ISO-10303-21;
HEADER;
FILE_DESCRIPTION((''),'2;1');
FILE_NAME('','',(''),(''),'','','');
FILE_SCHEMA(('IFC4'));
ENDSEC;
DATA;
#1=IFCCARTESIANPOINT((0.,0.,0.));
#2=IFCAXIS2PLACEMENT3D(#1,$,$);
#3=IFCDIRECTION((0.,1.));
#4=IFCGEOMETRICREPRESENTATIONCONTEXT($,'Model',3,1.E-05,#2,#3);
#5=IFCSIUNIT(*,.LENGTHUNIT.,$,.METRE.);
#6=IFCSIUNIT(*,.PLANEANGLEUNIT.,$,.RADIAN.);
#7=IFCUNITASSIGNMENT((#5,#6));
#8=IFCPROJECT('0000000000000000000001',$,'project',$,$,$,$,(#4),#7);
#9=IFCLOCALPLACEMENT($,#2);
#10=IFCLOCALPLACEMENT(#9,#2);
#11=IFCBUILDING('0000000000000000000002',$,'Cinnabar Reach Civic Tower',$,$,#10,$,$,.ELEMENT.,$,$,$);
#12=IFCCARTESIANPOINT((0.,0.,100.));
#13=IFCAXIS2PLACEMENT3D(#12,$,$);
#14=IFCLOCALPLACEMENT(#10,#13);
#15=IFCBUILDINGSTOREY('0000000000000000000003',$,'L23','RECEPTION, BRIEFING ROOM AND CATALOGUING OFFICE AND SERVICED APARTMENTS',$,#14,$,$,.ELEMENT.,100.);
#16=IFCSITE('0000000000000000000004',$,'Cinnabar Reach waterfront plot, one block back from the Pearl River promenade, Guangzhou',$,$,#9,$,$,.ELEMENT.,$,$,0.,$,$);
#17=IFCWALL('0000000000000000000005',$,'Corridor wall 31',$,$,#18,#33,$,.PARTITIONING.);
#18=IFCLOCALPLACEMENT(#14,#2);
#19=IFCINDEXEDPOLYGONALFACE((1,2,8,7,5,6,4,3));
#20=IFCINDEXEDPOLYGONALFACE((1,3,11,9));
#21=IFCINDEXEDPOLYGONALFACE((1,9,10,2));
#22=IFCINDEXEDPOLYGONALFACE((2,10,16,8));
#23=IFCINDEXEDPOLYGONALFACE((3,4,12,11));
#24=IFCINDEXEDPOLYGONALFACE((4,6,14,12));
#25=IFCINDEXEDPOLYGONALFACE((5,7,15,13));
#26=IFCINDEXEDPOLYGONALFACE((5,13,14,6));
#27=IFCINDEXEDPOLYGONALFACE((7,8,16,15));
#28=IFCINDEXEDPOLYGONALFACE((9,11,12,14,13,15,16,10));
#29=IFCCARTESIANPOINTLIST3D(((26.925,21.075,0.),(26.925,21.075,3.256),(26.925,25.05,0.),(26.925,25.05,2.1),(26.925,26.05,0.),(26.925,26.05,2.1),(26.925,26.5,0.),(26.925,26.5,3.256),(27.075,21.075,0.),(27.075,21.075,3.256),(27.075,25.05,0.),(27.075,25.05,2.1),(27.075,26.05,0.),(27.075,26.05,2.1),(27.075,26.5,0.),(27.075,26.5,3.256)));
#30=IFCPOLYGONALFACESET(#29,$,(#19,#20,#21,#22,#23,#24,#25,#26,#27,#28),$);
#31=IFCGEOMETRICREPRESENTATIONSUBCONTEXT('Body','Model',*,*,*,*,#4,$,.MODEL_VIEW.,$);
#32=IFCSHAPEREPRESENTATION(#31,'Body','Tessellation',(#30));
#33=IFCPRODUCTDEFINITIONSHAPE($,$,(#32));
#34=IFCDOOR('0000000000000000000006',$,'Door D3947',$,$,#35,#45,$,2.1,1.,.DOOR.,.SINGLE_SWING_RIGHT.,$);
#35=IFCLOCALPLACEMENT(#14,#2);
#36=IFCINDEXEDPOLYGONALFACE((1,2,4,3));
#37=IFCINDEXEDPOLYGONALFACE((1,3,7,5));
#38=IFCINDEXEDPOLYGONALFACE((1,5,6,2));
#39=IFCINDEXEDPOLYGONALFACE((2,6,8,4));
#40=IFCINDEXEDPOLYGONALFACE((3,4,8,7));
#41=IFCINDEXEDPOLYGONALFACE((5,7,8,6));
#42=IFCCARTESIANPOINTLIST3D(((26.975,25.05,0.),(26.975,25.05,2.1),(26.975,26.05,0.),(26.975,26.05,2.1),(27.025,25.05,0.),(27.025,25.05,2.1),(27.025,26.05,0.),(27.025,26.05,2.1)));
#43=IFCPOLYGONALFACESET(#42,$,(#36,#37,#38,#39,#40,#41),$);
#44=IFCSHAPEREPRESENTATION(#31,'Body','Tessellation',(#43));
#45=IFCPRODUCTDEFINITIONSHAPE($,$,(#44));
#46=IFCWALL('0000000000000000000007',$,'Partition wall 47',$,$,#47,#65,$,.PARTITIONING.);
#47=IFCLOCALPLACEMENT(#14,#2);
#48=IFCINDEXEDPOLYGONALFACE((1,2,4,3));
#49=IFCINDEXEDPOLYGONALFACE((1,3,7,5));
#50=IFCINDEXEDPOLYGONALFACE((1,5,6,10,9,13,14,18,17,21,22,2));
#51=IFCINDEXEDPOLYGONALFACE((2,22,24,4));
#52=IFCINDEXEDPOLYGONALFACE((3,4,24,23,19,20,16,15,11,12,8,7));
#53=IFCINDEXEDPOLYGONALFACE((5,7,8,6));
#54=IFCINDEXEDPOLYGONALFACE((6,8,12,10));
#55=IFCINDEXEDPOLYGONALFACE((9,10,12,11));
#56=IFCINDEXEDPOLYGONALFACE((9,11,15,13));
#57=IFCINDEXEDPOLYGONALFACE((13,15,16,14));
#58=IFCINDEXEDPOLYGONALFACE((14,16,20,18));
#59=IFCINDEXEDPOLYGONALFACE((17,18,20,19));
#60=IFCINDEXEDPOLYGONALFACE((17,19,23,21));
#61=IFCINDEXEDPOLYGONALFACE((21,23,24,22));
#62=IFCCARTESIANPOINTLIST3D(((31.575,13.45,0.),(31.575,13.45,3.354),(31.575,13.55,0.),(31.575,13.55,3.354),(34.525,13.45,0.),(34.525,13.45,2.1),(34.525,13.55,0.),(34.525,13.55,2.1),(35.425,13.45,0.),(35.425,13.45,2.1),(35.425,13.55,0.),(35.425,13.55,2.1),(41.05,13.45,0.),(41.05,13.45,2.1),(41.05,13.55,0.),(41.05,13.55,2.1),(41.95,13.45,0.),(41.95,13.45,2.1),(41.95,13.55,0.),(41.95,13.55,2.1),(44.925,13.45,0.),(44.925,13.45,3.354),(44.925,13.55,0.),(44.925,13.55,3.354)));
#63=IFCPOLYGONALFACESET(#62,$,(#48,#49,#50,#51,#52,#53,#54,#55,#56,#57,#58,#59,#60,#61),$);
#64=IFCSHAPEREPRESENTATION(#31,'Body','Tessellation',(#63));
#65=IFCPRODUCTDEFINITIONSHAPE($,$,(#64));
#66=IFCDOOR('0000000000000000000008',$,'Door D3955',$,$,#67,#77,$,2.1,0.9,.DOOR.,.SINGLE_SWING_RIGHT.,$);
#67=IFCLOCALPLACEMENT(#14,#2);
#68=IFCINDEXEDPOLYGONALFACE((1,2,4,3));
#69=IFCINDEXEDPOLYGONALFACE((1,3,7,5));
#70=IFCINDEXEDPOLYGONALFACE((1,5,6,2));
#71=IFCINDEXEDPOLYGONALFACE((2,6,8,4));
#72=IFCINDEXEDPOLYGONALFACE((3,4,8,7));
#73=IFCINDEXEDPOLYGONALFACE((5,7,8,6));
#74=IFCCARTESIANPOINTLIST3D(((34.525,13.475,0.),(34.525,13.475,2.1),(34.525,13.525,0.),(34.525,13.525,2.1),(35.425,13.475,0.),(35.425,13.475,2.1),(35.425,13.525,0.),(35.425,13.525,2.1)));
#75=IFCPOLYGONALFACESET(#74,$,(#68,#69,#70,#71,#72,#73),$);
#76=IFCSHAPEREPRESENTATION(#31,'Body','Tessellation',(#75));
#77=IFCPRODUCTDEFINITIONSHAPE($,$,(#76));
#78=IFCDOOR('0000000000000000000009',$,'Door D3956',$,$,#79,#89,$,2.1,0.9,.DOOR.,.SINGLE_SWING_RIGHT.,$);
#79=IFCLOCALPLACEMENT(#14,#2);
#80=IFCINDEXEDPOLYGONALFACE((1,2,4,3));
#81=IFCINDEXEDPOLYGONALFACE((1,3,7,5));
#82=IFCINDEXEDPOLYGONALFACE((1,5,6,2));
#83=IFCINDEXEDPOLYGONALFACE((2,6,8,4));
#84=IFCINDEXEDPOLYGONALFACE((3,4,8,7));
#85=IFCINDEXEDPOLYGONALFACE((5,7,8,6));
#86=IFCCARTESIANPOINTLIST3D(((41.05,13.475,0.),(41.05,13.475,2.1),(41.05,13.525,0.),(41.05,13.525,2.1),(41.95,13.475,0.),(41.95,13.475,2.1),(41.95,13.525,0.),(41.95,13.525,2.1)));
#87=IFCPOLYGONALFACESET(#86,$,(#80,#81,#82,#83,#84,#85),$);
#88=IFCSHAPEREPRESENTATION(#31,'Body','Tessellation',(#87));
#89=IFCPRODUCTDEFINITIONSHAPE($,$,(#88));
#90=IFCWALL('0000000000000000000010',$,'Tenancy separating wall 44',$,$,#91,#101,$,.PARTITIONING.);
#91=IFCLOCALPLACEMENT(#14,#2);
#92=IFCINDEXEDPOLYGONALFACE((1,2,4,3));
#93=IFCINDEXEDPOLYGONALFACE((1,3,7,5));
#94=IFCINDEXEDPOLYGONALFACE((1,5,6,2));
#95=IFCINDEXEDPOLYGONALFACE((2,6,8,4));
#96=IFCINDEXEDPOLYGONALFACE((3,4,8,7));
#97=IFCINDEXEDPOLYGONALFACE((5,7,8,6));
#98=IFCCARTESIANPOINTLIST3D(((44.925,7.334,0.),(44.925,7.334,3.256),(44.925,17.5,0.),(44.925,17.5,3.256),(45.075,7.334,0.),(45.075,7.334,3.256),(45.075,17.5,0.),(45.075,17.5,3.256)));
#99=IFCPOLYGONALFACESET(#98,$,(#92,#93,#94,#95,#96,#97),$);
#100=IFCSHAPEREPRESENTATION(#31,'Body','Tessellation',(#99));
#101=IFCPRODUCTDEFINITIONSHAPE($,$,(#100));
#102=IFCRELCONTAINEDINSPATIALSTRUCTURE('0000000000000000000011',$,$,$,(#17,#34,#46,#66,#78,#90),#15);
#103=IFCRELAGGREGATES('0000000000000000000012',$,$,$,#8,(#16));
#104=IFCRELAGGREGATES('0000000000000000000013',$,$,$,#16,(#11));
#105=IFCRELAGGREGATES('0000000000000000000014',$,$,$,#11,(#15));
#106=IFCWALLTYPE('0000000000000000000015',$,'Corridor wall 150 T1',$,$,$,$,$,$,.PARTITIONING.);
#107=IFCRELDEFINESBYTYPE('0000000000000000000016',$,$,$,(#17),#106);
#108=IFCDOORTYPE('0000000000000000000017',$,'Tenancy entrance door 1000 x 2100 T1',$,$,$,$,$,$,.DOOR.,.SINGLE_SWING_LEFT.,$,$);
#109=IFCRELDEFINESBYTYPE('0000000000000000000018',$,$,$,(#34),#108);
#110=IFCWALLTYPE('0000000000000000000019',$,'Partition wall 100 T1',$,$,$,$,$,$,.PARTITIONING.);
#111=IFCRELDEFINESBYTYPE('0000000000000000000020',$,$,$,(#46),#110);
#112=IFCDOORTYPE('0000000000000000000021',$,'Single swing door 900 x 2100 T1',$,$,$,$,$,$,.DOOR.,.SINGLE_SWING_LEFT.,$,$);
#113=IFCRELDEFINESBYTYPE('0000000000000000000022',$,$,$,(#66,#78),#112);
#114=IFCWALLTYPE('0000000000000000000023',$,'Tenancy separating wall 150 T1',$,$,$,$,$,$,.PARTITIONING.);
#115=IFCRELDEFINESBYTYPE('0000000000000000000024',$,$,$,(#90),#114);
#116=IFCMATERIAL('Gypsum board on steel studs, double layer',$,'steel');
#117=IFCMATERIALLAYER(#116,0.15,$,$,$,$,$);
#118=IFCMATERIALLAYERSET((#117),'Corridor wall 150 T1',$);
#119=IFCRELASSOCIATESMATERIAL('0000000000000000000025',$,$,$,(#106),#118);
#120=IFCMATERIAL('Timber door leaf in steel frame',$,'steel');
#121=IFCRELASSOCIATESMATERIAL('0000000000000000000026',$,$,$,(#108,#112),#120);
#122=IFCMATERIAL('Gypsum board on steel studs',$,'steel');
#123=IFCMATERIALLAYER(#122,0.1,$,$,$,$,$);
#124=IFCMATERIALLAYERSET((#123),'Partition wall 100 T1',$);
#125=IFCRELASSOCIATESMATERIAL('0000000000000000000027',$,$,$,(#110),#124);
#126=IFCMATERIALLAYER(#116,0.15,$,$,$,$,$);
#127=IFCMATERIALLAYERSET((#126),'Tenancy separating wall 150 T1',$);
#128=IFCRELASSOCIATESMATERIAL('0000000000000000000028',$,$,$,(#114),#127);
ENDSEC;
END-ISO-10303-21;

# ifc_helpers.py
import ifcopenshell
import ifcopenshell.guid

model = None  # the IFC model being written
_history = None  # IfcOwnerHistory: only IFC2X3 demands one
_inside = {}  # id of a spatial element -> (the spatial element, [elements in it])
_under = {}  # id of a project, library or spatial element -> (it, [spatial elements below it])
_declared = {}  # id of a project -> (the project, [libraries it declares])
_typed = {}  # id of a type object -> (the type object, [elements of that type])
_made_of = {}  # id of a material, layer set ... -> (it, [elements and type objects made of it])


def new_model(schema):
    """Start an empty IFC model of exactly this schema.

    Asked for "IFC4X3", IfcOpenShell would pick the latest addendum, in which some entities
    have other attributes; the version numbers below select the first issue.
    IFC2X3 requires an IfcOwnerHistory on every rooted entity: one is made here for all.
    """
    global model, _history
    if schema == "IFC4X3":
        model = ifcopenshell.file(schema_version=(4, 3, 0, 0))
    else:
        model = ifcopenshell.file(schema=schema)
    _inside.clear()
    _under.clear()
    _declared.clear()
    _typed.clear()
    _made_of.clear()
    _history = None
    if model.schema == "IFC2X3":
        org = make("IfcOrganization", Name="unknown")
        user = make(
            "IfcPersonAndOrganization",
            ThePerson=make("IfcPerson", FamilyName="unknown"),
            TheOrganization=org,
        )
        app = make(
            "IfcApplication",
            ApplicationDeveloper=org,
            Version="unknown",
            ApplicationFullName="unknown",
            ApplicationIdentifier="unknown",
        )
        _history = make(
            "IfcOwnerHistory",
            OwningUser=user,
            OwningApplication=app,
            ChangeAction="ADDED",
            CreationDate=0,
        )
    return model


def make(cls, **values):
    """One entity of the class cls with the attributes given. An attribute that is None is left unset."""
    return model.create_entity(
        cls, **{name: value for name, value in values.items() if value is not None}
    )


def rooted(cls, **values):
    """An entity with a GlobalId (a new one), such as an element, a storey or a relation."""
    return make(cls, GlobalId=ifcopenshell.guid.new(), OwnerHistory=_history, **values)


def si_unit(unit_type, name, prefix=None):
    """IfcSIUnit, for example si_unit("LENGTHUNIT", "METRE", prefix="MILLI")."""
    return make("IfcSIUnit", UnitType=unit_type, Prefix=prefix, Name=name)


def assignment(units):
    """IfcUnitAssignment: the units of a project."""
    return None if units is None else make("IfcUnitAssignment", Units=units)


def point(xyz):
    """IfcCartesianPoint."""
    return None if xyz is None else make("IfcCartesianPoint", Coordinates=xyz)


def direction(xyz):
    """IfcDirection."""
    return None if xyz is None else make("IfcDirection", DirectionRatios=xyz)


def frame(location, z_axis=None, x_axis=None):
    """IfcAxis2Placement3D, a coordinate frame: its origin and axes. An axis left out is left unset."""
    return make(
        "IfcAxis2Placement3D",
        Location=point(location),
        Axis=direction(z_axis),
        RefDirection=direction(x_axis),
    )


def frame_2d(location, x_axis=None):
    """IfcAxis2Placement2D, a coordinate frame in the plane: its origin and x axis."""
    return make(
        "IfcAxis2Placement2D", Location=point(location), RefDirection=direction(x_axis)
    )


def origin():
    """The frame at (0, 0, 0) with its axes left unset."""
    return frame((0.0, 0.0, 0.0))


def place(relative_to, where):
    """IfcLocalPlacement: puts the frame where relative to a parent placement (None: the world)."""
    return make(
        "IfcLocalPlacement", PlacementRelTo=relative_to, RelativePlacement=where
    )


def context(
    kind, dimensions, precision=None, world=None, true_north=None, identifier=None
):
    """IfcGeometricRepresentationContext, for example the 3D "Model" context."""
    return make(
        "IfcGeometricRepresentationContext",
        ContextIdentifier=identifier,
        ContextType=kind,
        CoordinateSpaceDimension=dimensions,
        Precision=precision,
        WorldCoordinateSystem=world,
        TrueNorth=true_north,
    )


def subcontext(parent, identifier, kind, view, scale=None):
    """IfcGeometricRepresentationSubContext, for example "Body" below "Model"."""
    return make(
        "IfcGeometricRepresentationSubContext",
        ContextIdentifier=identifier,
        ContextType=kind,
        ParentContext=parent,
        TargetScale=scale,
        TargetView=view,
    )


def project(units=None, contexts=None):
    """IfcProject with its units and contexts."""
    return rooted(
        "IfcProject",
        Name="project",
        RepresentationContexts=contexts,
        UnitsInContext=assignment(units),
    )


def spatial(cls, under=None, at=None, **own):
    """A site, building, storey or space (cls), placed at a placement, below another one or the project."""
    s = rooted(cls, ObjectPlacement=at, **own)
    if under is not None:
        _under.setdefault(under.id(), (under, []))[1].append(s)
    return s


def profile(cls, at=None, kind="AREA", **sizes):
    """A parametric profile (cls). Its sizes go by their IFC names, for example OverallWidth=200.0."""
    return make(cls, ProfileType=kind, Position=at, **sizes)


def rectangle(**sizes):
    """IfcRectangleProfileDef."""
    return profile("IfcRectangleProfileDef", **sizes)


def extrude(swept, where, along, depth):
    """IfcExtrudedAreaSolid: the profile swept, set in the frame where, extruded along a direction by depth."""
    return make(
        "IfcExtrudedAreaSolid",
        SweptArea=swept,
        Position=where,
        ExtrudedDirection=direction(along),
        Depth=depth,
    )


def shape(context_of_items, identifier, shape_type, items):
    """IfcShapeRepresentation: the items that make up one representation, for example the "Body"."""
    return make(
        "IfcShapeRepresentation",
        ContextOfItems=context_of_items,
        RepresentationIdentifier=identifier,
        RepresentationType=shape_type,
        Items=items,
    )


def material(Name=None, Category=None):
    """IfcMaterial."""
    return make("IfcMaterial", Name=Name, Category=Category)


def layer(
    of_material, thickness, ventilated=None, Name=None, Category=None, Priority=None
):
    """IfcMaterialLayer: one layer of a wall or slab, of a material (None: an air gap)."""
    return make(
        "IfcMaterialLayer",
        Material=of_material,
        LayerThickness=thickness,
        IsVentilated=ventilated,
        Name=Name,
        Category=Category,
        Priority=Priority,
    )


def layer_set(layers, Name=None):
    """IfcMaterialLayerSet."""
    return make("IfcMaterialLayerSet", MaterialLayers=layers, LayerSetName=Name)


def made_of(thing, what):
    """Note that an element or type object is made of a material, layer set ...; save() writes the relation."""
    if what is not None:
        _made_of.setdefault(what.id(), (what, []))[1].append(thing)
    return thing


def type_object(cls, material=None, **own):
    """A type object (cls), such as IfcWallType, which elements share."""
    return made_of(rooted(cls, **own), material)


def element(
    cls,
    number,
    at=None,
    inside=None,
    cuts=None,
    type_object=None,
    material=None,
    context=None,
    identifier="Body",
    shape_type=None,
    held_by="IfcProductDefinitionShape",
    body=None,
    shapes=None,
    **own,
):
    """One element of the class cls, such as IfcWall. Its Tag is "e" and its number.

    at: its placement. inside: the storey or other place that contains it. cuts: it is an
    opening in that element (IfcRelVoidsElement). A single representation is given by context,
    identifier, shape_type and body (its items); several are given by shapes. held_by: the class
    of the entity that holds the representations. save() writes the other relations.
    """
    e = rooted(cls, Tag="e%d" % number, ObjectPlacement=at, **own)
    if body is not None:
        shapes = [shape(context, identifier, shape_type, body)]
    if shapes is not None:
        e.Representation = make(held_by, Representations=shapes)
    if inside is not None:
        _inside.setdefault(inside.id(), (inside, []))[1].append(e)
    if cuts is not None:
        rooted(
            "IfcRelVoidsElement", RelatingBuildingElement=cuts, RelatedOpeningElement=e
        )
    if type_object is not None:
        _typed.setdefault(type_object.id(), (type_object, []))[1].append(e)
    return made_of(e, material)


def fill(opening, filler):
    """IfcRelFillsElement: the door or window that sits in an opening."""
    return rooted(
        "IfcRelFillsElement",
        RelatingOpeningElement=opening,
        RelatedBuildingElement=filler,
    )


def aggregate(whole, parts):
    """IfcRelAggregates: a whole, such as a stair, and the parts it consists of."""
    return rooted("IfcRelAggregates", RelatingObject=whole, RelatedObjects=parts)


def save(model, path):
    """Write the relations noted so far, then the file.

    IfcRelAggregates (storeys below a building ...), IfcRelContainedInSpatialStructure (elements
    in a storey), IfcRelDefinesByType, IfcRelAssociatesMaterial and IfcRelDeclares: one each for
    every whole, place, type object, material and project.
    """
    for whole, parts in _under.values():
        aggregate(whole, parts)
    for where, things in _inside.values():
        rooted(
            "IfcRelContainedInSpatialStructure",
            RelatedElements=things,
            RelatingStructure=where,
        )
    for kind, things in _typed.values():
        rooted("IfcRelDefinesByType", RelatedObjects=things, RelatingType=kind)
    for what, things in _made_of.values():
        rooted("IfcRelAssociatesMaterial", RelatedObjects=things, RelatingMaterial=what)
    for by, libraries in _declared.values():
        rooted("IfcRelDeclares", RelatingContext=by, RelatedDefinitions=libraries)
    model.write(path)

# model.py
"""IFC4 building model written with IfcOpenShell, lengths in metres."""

from ifc_helpers import new_model, si_unit, direction, frame, frame_2d, origin, place, context, subcontext, project, spatial, rectangle, extrude, material, layer, layer_set, type_object, element, fill, save


model = new_model("IFC4")

# Units and contexts
model_context = context("Model", 3, precision=1e-05, world=origin(), true_north=direction((0.0, 1.0)))
body_context = subcontext(model_context, "Body", "Model", "MODEL_VIEW")
ifc_project = project(units=[si_unit("LENGTHUNIT", "METRE"), si_unit("PLANEANGLEUNIT", "RADIAN")], contexts=[model_context])

# Site, building, storey
site_placement = place(None, origin())
site = spatial("IfcSite", under=ifc_project, at=site_placement, Name="Cinnabar Reach waterfront plot, one block back from the Pearl River promenade, Guangzhou", CompositionType="ELEMENT", RefElevation=0.0)
building_placement = place(site_placement, origin())
building = spatial("IfcBuilding", under=site, at=building_placement, Name="Cinnabar Reach Civic Tower", CompositionType="ELEMENT")
storey_placement = place(building_placement, frame((0.0, 0.0, 100.0)))
storey = spatial("IfcBuildingStorey", under=building, at=storey_placement, Name="L23", Description="RECEPTION, BRIEFING ROOM AND CATALOGUING OFFICE AND SERVICED APARTMENTS", CompositionType="ELEMENT", Elevation=100.0)

# Shared definitions
ifc_material_1 = material(Name="Gypsum board on steel studs, double layer", Category="steel")
ifc_layer_1 = layer(ifc_material_1, 0.15)
ifc_layer_set_1 = layer_set([ifc_layer_1], Name="Corridor wall 150 T1")
wall_type_1 = type_object("IfcWallType", Name="Corridor wall 150 T1", PredefinedType="PARTITIONING", material=ifc_layer_set_1)
ifc_material_2 = material(Name="Timber door leaf in steel frame", Category="steel")
door_type_1 = type_object("IfcDoorType", Name="Tenancy entrance door 1000 x 2100 T1", OperationType="SINGLE_SWING_LEFT", PredefinedType="DOOR", material=ifc_material_2)

# Wall, opening, door
wall_1_placement = place(storey_placement, frame((27.0, 21.075, 0.0), z_axis=(0.0, 0.0, 1.0), x_axis=(0.0, 1.0, 0.0)))
wall_1 = element("IfcWall", 1, at=wall_1_placement, inside=storey, type_object=wall_type_1, Name="Corridor wall 31", PredefinedType="PARTITIONING", context=body_context, shape_type="SweptSolid", body=[
    extrude(rectangle(XDim=5.425, YDim=0.15, at=frame_2d((2.7125, 0.0))), origin(), (0.0, 0.0, 1.0), 3.256),
])
opening_1_placement = place(wall_1_placement, frame((3.975, 0.0, 0.0)))
opening_1 = element("IfcOpeningElement", 2, at=opening_1_placement, cuts=wall_1, PredefinedType="OPENING", context=body_context, shape_type="SweptSolid", body=[
    extrude(rectangle(XDim=1.0, YDim=2.1, at=frame_2d((0.5, 1.05))), frame((0.0, 0.085, 0.0), z_axis=(0.0, -1.0, 0.0), x_axis=(1.0, 0.0, 0.0)), (0.0, 0.0, 1.0), 0.17),
])
door_1_placement = place(opening_1_placement, frame((1.0, 0.0, 0.0), z_axis=(0.0, 0.0, 1.0), x_axis=(-1.0, 0.0, 0.0)))
door_1 = element("IfcDoor", 3, at=door_1_placement, inside=storey, type_object=door_type_1, Name="Door D3947", OperationType="SINGLE_SWING_RIGHT", OverallHeight=2.1, OverallWidth=1.0, PredefinedType="DOOR", context=body_context, shape_type="SweptSolid", body=[
    extrude(rectangle(XDim=1.0, YDim=2.1, at=frame_2d((0.5, 1.05))), frame((0.0, 0.025, 0.0), z_axis=(0.0, -1.0, 0.0), x_axis=(1.0, 0.0, 0.0)), (0.0, 0.0, 1.0), 0.05),
])
fill(opening_1, door_1)

# Wall, openings, doors
ifc_material_3 = material(Name="Gypsum board on steel studs", Category="steel")
ifc_layer_2 = layer(ifc_material_3, 0.1)
ifc_layer_set_2 = layer_set([ifc_layer_2], Name="Partition wall 100 T1")
wall_type_2 = type_object("IfcWallType", Name="Partition wall 100 T1", PredefinedType="PARTITIONING", material=ifc_layer_set_2)
wall_2_placement = place(storey_placement, frame((31.575, 13.5, 0.0), z_axis=(0.0, 0.0, 1.0), x_axis=(1.0, 0.0, 0.0)))
wall_2 = element("IfcWall", 4, at=wall_2_placement, inside=storey, type_object=wall_type_2, Name="Partition wall 47", PredefinedType="PARTITIONING", context=body_context, shape_type="SweptSolid", body=[
    extrude(rectangle(XDim=13.35, YDim=0.1, at=frame_2d((6.675, 0.0))), origin(), (0.0, 0.0, 1.0), 3.354),
])
opening_2_placement = place(wall_2_placement, frame((2.95, 0.0, 0.0)))
opening_2 = element("IfcOpeningElement", 5, at=opening_2_placement, cuts=wall_2, PredefinedType="OPENING", context=body_context, shape_type="SweptSolid", body=[
    extrude(rectangle(XDim=0.9, YDim=2.1, at=frame_2d((0.45, 1.05))), frame((0.0, 0.06, 0.0), z_axis=(0.0, -1.0, 0.0), x_axis=(1.0, 0.0, 0.0)), (0.0, 0.0, 1.0), 0.12),
])
opening_3_placement = place(wall_2_placement, frame((9.475, 0.0, 0.0)))
opening_3 = element("IfcOpeningElement", 6, at=opening_3_placement, cuts=wall_2, PredefinedType="OPENING", context=body_context, shape_type="SweptSolid", body=[
    extrude(rectangle(XDim=0.9, YDim=2.1, at=frame_2d((0.45, 1.05))), frame((0.0, 0.06, 0.0), z_axis=(0.0, -1.0, 0.0), x_axis=(1.0, 0.0, 0.0)), (0.0, 0.0, 1.0), 0.12),
])
door_type_2 = type_object("IfcDoorType", Name="Single swing door 900 x 2100 T1", OperationType="SINGLE_SWING_LEFT", PredefinedType="DOOR", material=ifc_material_2)
door_2_placement = place(opening_2_placement, frame((0.9, 0.0, 0.0), z_axis=(0.0, 0.0, 1.0), x_axis=(-1.0, 0.0, 0.0)))
door_2 = element("IfcDoor", 7, at=door_2_placement, inside=storey, type_object=door_type_2, Name="Door D3955", OperationType="SINGLE_SWING_RIGHT", OverallHeight=2.1, OverallWidth=0.9, PredefinedType="DOOR", context=body_context, shape_type="SweptSolid", body=[
    extrude(rectangle(XDim=0.9, YDim=2.1, at=frame_2d((0.45, 1.05))), frame((0.0, 0.025, 0.0), z_axis=(0.0, -1.0, 0.0), x_axis=(1.0, 0.0, 0.0)), (0.0, 0.0, 1.0), 0.05),
])
fill(opening_2, door_2)
door_3_placement = place(opening_3_placement, frame((0.9, 0.0, 0.0), z_axis=(0.0, 0.0, 1.0), x_axis=(-1.0, 0.0, 0.0)))
door_3 = element("IfcDoor", 8, at=door_3_placement, inside=storey, type_object=door_type_2, Name="Door D3956", OperationType="SINGLE_SWING_RIGHT", OverallHeight=2.1, OverallWidth=0.9, PredefinedType="DOOR", context=body_context, shape_type="SweptSolid", body=[
    extrude(rectangle(XDim=0.9, YDim=2.1, at=frame_2d((0.45, 1.05))), frame((0.0, 0.025, 0.0), z_axis=(0.0, -1.0, 0.0), x_axis=(1.0, 0.0, 0.0)), (0.0, 0.0, 1.0), 0.05),
])
fill(opening_3, door_3)

# Wall
ifc_layer_3 = layer(ifc_material_1, 0.15)
ifc_layer_set_3 = layer_set([ifc_layer_3], Name="Tenancy separating wall 150 T1")
wall_type_3 = type_object("IfcWallType", Name="Tenancy separating wall 150 T1", PredefinedType="PARTITIONING", material=ifc_layer_set_3)
wall_3_placement = place(storey_placement, frame((45.0, 7.334, 0.0), z_axis=(0.0, 0.0, 1.0), x_axis=(0.0, 1.0, 0.0)))
element("IfcWall", 9, at=wall_3_placement, inside=storey, type_object=wall_type_3, Name="Tenancy separating wall 44", PredefinedType="PARTITIONING", context=body_context, shape_type="SweptSolid", body=[
    extrude(rectangle(XDim=10.166, YDim=0.15, at=frame_2d((5.083, 0.0))), origin(), (0.0, 0.0, 1.0), 3.256),
])

save(model, "model.ifc")
